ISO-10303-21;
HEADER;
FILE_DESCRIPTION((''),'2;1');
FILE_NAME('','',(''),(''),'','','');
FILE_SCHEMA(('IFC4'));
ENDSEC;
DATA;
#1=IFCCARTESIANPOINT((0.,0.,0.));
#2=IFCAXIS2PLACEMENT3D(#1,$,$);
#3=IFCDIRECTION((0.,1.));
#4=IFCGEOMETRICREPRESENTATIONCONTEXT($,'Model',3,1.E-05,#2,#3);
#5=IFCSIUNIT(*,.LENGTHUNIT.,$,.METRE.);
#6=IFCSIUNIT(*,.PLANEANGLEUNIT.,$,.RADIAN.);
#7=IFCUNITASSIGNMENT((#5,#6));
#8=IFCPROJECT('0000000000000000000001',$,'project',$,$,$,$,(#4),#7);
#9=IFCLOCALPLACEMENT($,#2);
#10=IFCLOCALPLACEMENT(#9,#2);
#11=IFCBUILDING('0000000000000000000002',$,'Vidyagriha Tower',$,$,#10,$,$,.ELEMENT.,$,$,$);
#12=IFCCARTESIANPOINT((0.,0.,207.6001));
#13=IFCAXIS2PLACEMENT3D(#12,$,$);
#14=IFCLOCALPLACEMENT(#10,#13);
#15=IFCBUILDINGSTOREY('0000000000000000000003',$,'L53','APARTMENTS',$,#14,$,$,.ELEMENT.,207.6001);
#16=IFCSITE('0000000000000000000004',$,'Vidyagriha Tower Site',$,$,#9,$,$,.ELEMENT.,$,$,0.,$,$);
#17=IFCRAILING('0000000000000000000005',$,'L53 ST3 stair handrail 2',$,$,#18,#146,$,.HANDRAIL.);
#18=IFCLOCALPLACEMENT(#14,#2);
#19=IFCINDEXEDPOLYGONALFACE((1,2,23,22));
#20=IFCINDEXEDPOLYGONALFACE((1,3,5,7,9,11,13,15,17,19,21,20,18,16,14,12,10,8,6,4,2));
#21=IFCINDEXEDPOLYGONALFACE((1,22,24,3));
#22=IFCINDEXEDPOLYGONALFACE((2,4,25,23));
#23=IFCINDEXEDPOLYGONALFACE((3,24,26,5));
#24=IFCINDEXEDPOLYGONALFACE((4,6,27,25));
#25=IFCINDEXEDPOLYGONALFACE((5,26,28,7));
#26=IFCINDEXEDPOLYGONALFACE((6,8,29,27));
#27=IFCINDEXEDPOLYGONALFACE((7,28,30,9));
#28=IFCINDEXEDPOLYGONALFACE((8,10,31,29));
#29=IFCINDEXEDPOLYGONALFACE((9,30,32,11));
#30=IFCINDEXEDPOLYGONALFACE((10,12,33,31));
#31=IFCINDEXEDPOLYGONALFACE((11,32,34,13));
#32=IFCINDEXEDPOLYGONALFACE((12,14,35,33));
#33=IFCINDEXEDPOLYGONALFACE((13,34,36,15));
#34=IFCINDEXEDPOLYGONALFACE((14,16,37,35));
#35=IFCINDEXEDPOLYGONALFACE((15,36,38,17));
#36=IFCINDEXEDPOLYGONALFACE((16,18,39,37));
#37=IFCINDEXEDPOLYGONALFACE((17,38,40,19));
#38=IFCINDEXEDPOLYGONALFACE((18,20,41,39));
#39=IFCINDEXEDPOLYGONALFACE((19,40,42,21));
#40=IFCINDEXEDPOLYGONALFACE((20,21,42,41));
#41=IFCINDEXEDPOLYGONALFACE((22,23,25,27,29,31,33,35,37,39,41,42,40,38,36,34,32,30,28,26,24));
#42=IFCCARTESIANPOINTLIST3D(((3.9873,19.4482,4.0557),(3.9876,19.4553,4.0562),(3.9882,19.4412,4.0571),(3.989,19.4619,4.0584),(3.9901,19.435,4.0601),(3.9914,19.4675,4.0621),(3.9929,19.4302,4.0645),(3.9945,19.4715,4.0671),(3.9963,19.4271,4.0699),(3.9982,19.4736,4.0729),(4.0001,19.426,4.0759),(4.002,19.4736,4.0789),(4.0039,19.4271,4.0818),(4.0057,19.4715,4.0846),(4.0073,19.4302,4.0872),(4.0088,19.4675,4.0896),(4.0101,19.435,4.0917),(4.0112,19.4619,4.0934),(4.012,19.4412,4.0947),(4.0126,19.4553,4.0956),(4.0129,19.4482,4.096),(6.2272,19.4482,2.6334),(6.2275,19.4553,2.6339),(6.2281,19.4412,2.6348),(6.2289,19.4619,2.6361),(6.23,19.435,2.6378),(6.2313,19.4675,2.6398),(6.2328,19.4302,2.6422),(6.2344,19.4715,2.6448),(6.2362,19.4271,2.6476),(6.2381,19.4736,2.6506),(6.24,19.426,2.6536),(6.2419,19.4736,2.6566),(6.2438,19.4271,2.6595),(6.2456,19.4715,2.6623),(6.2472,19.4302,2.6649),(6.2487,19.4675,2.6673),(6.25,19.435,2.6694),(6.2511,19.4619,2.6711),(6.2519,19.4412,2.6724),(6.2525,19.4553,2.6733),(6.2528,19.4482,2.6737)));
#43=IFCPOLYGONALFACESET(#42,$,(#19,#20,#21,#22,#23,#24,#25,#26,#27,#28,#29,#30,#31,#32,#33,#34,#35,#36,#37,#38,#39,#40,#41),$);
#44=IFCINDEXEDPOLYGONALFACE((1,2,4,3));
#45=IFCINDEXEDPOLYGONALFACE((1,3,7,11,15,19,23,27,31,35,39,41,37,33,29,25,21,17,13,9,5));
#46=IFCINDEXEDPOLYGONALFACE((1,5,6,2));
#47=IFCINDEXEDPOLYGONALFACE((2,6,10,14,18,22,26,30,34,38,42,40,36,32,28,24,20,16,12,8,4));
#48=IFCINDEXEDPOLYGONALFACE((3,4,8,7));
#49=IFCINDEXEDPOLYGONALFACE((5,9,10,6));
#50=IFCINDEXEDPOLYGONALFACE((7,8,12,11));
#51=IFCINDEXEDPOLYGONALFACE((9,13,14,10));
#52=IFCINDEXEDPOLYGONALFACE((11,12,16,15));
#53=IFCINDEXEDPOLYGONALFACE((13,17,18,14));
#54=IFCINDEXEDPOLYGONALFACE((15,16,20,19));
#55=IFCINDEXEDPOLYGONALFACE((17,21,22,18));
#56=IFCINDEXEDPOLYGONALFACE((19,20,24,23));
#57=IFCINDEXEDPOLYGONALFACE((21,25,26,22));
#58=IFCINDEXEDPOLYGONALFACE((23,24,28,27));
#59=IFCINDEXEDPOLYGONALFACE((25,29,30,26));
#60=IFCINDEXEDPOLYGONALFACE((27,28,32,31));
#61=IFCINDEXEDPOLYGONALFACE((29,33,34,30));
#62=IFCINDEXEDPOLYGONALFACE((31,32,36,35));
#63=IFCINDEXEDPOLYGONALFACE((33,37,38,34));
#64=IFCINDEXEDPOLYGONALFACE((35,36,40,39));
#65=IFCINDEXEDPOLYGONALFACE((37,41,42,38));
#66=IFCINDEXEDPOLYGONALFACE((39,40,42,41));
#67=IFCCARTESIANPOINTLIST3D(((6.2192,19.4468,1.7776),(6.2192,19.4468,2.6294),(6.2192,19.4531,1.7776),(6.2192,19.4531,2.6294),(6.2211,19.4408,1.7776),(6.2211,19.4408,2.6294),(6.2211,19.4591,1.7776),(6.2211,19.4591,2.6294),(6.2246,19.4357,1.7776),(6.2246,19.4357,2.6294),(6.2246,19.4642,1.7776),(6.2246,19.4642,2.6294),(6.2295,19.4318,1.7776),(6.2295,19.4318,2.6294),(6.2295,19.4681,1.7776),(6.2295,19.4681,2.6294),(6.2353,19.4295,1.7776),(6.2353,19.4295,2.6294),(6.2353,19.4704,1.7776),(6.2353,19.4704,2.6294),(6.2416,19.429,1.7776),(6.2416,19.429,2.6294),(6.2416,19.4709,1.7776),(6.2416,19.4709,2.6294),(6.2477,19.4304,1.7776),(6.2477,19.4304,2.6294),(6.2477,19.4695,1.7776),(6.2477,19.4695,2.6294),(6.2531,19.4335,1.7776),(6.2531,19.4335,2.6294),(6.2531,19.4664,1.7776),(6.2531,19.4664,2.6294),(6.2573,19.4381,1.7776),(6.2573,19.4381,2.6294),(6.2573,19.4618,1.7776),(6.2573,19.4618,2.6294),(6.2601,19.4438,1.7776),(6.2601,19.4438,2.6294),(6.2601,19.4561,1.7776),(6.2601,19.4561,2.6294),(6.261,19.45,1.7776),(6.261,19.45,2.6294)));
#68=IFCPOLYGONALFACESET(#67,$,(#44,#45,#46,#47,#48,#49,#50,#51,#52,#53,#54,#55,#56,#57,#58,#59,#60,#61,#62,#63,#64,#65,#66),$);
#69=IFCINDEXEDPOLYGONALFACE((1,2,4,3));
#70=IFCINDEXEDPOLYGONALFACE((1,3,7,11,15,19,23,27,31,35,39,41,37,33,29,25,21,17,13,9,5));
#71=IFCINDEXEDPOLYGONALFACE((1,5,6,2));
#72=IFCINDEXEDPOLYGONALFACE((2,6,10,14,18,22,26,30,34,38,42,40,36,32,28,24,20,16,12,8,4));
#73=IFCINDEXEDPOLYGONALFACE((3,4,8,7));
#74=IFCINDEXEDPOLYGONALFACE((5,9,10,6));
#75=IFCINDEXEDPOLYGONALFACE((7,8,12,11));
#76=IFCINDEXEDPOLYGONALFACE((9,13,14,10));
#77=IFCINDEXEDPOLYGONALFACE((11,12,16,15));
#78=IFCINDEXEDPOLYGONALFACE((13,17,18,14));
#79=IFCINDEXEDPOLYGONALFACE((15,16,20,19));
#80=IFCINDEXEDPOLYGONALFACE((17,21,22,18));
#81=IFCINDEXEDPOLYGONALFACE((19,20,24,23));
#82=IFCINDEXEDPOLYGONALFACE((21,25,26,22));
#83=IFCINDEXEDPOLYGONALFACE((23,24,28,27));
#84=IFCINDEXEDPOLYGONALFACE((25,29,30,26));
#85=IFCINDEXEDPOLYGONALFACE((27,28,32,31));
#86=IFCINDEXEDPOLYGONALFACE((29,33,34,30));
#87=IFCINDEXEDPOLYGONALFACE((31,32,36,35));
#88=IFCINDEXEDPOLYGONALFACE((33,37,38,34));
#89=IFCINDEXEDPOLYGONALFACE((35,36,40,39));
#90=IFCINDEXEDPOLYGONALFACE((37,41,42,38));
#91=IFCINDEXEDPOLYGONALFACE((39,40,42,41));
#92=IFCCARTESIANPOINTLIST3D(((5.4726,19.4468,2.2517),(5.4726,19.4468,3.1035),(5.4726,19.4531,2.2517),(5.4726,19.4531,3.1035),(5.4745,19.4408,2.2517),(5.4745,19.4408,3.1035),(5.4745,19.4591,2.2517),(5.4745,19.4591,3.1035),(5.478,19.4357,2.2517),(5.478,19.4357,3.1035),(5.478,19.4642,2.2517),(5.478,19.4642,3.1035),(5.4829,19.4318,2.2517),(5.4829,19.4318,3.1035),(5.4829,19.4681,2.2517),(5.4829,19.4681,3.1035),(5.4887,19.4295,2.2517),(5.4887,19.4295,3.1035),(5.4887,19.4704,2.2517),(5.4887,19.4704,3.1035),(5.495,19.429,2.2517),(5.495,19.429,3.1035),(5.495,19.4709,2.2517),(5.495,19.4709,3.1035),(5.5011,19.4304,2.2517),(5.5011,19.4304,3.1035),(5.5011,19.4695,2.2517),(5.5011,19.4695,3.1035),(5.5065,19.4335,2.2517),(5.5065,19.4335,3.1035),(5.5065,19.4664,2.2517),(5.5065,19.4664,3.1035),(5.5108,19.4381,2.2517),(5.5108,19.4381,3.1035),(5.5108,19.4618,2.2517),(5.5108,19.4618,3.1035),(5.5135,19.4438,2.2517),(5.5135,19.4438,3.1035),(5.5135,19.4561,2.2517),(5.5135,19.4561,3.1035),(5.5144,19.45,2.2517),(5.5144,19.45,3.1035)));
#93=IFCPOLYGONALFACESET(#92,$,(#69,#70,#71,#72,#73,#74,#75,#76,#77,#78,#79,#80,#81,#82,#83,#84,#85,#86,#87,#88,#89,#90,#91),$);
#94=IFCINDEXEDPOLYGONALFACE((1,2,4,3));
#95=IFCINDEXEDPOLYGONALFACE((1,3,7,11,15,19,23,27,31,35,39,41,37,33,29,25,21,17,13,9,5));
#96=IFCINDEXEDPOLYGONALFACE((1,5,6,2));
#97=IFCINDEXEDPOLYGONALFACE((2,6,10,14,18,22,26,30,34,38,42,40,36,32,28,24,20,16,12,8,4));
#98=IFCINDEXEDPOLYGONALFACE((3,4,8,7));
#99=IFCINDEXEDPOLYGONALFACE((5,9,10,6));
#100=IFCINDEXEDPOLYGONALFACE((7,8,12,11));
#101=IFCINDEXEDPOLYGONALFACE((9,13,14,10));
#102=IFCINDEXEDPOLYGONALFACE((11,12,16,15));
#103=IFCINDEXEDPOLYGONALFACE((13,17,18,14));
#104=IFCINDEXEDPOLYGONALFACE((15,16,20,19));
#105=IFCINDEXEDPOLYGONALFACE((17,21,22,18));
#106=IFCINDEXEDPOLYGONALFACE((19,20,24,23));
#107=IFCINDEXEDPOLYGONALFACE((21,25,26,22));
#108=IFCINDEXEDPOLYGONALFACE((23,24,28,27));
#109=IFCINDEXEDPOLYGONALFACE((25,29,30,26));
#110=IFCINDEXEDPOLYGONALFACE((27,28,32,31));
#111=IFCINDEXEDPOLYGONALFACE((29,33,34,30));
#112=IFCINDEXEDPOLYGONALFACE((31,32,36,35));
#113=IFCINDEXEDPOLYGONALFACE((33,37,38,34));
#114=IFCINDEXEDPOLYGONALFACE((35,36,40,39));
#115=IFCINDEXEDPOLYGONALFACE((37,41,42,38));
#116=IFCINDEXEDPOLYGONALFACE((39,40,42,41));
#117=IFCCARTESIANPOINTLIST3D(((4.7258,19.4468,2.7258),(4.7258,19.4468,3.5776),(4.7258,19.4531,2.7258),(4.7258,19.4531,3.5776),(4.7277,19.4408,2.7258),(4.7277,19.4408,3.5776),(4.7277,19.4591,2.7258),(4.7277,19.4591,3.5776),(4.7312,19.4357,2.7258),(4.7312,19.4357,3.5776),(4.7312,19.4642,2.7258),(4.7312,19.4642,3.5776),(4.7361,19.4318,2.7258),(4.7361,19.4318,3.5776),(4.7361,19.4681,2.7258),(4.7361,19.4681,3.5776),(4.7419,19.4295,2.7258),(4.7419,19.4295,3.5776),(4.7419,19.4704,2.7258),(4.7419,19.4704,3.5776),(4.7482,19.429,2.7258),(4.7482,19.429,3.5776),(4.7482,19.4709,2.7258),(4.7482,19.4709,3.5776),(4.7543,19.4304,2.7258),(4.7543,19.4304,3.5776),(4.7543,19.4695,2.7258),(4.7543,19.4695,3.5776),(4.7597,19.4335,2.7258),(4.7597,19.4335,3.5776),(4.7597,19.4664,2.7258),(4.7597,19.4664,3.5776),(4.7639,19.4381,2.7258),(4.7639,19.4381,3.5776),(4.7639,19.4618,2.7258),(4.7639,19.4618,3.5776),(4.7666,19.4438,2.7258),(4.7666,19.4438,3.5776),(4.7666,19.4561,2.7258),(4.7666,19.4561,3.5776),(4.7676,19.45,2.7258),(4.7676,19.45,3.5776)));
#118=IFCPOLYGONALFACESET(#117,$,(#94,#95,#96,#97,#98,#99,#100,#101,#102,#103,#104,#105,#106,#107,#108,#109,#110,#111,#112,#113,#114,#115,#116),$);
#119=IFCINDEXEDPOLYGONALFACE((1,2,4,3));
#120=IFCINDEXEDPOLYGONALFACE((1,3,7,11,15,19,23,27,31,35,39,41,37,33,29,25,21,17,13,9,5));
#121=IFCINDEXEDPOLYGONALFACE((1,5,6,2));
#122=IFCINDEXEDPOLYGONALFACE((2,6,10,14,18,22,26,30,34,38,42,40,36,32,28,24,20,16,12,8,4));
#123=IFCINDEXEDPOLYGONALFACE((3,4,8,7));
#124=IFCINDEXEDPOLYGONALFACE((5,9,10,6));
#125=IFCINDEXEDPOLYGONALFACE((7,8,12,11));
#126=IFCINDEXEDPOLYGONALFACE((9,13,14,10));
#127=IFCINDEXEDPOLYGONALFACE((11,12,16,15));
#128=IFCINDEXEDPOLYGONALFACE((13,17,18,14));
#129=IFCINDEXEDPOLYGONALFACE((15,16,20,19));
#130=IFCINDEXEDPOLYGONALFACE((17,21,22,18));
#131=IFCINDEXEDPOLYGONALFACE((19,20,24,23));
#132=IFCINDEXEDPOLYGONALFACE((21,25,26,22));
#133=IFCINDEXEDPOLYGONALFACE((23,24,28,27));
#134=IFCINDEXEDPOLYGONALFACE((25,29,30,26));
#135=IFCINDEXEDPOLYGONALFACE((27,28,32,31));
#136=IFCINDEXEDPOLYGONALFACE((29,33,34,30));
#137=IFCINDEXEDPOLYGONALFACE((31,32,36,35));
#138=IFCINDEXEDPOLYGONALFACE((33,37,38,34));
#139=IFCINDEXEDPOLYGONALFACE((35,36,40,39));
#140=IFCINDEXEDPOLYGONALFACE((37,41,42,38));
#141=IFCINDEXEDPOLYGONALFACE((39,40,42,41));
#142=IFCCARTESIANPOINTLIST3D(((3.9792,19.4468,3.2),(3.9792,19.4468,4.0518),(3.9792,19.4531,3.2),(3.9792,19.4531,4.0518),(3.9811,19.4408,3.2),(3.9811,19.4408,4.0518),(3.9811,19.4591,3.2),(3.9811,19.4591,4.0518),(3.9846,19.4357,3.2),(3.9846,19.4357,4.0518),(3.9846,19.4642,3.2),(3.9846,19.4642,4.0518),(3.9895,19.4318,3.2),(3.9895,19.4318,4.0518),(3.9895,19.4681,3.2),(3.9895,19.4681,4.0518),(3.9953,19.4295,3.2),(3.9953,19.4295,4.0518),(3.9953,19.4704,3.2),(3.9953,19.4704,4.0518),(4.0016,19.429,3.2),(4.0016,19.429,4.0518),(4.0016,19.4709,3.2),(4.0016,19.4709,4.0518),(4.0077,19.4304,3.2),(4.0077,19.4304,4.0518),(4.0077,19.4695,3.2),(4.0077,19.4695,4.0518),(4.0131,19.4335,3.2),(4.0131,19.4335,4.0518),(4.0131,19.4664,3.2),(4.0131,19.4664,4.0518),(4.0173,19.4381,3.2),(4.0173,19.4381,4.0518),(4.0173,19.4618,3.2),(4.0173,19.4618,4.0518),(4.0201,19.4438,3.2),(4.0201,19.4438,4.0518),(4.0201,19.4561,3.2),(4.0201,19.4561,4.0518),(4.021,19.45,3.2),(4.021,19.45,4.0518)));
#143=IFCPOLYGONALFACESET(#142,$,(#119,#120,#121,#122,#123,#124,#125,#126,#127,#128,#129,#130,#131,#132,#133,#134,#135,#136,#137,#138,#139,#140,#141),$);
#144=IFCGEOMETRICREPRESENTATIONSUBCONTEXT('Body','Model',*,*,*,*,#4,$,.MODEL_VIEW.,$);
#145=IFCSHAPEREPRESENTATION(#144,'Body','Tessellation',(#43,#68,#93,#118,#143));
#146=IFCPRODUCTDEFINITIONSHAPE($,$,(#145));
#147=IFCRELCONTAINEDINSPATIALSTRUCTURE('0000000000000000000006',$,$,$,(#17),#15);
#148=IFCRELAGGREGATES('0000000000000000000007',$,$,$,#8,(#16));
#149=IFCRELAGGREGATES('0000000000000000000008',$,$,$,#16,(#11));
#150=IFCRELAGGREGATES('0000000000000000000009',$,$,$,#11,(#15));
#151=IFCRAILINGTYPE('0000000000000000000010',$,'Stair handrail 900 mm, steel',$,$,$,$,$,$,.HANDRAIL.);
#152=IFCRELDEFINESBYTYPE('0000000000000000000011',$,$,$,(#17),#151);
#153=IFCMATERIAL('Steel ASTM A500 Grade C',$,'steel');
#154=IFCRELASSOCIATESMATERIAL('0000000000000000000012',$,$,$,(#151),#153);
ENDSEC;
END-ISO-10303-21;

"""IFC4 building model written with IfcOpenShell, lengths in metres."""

from ifc_helpers import new_model, si_unit, direction, frame, origin, origin_2d, place, context, subcontext, project, spatial, circle, extrude, material, type_object, element, save


model = new_model("IFC4")

# Units and contexts
model_context = context("Model", 3, precision=1e-05, world=origin(), true_north=direction((0.0, 1.0)))
body_context = subcontext(model_context, "Body", "Model", "MODEL_VIEW")
ifc_project = project(units=[si_unit("LENGTHUNIT", "METRE"), si_unit("PLANEANGLEUNIT", "RADIAN")], contexts=[model_context])

# Site, building, storey
site_placement = place(None, origin())
site = spatial("IfcSite", under=ifc_project, at=site_placement, Name="Vidyagriha Tower Site", CompositionType="ELEMENT", RefElevation=0.0)
building_placement = place(site_placement, origin())
building = spatial("IfcBuilding", under=site, at=building_placement, Name="Vidyagriha Tower", CompositionType="ELEMENT")
storey_placement = place(building_placement, frame((0.0, 0.0, 207.6001)))
storey = spatial("IfcBuildingStorey", under=building, at=storey_placement, Name="L53", Description="APARTMENTS", CompositionType="ELEMENT", Elevation=207.6001)

# Railing
ifc_material_1 = material(Name="Steel ASTM A500 Grade C", Category="steel")
railing_type_1 = type_object("IfcRailingType", Name="Stair handrail 900 mm, steel", PredefinedType="HANDRAIL", material=ifc_material_1)
railing_1_placement = place(storey_placement, frame((6.24, 19.45, 1.7776)))
element("IfcRailing", 1, at=railing_1_placement, inside=storey, type_object=railing_type_1, Name="L53 ST3 stair handrail 2", PredefinedType="HANDRAIL", context=body_context, shape_type="SweptSolid", body=[
    extrude(circle(Radius=0.0239, at=origin_2d()), frame((0.0, 0.0, 0.876), z_axis=(-0.844188, 0.0, 0.536048), x_axis=(0.0, -1.0, 0.0)), (0.0, 0.0, 1.0), 2.6533),
    extrude(circle(Radius=0.021, at=origin_2d()), origin(), (0.0, 0.0, 1.0), 0.8518),
    extrude(circle(Radius=0.021, at=origin_2d()), frame((-0.7466, 0.0, 0.4741)), (0.0, 0.0, 1.0), 0.8518),
    extrude(circle(Radius=0.021, at=origin_2d()), frame((-1.4934, 0.0, 0.9482)), (0.0, 0.0, 1.0), 0.8518),
    extrude(circle(Radius=0.021, at=origin_2d()), frame((-2.24, 0.0, 1.4224)), (0.0, 0.0, 1.0), 0.8518),
])

save(model, "model.ifc")
